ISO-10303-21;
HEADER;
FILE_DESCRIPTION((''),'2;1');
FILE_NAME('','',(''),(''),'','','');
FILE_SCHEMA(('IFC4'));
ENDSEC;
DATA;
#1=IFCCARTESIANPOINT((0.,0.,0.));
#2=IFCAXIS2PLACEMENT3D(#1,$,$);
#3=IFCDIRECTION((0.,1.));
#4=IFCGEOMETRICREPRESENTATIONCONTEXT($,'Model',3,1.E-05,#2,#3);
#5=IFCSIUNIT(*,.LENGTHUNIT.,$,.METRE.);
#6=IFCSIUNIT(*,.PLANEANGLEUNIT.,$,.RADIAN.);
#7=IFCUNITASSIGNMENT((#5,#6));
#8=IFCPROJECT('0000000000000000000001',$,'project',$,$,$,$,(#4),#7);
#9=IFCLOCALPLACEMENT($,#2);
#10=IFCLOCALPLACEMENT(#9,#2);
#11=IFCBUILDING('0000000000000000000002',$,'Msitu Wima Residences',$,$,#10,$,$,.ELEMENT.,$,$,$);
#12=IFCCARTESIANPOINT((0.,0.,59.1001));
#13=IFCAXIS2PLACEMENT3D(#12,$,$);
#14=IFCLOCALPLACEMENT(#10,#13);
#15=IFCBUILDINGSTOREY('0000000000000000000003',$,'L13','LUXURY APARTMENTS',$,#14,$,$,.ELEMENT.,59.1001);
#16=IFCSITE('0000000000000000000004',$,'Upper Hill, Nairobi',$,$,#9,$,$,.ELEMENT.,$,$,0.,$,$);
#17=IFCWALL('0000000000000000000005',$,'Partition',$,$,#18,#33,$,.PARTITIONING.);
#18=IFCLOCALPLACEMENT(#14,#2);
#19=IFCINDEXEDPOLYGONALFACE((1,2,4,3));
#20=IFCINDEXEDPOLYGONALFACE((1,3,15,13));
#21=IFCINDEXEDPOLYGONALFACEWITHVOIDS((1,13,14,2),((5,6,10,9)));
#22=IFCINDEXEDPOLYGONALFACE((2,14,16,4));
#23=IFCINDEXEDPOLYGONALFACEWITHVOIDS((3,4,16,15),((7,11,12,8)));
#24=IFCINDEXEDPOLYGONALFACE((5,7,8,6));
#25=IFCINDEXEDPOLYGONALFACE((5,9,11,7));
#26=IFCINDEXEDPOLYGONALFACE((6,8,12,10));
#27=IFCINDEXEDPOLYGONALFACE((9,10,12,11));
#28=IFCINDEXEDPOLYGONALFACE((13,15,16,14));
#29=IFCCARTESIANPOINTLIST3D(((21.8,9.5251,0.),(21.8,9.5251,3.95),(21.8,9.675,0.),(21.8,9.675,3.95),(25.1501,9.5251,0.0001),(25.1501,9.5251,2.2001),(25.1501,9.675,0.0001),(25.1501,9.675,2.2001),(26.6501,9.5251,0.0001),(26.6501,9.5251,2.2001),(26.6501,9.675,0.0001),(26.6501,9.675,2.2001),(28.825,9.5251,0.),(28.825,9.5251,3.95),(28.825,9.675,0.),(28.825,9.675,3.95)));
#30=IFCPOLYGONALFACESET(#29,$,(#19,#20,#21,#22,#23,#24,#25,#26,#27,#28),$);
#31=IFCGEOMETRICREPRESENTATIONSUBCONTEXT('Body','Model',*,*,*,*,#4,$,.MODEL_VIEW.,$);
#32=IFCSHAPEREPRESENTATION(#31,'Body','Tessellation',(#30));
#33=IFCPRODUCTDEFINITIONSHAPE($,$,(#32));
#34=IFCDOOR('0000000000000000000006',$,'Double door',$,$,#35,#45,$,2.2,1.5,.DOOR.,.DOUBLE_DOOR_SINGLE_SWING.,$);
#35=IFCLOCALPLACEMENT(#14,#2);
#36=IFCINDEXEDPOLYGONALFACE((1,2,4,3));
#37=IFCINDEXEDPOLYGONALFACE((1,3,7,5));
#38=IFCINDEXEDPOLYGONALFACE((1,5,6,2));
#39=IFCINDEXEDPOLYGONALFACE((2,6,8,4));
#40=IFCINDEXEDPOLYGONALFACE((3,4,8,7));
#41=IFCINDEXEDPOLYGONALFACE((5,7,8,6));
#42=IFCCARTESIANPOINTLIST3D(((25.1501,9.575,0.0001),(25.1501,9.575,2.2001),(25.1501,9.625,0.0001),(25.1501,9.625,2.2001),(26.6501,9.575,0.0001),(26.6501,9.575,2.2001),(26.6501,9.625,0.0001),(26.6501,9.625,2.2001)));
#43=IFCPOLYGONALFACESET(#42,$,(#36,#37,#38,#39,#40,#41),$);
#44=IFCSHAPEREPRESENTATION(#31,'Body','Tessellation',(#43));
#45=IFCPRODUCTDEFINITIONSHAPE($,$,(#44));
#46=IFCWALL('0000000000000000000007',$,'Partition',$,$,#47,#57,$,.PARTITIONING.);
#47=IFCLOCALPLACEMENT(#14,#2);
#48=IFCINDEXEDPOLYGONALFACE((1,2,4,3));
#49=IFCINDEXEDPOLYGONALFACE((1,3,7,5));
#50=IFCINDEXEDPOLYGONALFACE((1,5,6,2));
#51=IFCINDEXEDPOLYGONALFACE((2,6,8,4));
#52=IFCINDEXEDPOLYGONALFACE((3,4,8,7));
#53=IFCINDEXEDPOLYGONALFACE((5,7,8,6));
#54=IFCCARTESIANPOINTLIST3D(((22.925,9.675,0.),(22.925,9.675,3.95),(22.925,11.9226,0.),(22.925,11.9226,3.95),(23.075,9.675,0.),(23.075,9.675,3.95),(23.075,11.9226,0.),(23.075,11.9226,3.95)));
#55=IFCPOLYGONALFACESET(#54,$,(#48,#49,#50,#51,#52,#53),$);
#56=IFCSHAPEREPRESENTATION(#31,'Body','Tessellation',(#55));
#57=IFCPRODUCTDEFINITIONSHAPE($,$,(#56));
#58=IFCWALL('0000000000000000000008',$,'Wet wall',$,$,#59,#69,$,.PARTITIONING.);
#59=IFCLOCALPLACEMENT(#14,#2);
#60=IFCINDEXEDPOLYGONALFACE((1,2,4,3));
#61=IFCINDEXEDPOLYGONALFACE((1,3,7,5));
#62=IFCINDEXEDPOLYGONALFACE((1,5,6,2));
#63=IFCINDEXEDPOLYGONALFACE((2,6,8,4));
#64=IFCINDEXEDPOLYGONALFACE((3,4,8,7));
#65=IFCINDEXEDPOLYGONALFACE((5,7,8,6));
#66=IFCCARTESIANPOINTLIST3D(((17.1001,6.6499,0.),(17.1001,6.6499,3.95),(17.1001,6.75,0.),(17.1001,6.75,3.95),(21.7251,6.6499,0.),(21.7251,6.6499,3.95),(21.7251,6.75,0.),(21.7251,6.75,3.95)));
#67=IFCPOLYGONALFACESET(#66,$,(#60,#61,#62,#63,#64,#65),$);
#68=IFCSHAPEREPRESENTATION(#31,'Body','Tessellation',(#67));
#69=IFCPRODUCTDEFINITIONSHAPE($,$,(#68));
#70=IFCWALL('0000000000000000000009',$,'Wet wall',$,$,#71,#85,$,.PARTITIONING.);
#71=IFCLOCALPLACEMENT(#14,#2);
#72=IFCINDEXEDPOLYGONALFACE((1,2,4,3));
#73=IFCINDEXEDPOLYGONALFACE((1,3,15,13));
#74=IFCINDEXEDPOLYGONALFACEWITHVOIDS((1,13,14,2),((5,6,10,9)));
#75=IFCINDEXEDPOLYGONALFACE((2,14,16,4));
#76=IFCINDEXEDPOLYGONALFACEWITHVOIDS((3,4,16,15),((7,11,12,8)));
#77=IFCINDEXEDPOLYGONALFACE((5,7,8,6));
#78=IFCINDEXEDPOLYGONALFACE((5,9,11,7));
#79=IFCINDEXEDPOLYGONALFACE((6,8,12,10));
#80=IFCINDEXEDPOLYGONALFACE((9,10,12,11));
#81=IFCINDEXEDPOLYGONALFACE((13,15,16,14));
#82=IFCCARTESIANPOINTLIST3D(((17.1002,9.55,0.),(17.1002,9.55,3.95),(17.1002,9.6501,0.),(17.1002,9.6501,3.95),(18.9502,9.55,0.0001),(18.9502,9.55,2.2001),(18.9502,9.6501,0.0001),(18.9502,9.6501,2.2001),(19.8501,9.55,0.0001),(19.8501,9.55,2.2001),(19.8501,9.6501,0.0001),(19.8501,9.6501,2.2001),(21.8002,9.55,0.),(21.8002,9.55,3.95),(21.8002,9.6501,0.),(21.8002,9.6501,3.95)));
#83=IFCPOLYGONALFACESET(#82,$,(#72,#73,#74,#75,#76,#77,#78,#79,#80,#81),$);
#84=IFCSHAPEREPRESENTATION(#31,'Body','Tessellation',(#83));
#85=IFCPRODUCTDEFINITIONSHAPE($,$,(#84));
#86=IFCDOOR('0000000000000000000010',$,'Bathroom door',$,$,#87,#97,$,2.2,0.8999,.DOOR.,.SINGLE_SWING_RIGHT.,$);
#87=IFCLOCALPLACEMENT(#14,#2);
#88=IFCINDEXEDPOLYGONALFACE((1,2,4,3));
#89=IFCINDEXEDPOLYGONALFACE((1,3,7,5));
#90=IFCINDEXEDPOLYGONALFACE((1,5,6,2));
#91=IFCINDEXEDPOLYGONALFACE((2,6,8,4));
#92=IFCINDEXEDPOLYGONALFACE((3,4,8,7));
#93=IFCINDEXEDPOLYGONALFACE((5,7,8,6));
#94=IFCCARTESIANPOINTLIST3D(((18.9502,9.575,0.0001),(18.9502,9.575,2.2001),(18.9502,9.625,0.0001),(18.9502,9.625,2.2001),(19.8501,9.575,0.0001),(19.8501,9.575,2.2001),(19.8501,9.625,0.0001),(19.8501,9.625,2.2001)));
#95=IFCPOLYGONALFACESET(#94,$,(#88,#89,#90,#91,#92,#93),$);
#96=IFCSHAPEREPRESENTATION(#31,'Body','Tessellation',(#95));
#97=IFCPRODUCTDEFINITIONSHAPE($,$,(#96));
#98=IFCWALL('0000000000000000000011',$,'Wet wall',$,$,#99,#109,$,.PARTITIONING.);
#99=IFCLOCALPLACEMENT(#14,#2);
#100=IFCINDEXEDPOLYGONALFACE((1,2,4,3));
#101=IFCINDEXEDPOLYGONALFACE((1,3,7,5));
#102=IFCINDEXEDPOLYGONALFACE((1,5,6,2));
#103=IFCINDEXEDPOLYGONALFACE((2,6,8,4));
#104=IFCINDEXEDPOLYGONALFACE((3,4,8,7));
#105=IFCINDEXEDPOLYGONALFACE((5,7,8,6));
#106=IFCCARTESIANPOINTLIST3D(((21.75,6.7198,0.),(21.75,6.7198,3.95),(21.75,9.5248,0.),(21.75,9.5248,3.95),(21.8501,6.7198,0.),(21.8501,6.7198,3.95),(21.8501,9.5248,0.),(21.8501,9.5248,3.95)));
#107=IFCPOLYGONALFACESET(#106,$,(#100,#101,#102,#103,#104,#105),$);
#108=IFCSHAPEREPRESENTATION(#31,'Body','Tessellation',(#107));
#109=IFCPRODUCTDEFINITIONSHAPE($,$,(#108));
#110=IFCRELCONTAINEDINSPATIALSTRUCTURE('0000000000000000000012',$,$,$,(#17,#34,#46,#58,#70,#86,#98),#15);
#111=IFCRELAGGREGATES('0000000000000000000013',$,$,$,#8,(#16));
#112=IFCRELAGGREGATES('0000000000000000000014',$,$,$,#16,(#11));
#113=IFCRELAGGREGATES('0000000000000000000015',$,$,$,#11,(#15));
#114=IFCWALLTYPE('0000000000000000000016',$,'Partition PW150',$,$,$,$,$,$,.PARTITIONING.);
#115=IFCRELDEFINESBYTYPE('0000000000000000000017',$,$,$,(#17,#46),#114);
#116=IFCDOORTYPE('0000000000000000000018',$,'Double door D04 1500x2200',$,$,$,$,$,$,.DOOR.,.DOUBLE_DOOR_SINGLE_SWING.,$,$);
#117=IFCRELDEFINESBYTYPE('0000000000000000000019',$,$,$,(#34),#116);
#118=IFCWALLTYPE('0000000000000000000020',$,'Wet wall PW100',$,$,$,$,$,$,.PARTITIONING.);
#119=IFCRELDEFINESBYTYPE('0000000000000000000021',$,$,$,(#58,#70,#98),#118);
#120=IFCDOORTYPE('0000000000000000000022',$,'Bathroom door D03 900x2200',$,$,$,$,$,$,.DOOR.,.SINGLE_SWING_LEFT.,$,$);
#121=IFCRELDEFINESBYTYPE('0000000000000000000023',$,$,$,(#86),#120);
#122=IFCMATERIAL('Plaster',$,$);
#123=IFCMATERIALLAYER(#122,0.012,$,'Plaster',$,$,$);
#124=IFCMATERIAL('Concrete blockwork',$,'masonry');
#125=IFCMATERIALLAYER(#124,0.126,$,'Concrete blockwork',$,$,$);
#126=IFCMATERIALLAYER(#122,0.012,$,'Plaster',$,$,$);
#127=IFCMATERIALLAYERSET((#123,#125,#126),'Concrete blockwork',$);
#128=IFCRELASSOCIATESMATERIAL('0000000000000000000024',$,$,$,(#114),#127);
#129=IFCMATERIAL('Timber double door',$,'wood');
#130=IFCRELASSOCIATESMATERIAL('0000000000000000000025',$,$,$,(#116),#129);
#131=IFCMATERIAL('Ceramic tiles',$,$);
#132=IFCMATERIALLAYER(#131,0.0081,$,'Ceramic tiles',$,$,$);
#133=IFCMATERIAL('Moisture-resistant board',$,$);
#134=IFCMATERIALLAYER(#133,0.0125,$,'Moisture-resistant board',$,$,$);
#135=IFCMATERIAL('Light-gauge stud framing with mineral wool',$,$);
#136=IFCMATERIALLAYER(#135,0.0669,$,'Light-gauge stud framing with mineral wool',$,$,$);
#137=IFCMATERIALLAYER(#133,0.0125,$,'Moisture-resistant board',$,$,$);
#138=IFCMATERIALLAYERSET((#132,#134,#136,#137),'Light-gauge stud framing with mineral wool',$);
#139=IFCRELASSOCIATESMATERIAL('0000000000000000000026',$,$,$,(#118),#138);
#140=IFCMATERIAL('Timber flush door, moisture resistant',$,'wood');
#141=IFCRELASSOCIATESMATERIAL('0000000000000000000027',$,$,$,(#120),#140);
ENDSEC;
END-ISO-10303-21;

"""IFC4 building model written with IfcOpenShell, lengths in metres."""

from ifc_helpers import new_model, si_unit, direction, frame, frame_2d, origin, place, context, subcontext, project, spatial, rectangle, extrude, material, layer, layer_set, type_object, element, fill, save


model = new_model("IFC4")

# Units and contexts
model_context = context("Model", 3, precision=1e-05, world=origin(), true_north=direction((0.0, 1.0)))
body_context = subcontext(model_context, "Body", "Model", "MODEL_VIEW")
ifc_project = project(units=[si_unit("LENGTHUNIT", "METRE"), si_unit("PLANEANGLEUNIT", "RADIAN")], contexts=[model_context])

# Site, building, storey
site_placement = place(None, origin())
site = spatial("IfcSite", under=ifc_project, at=site_placement, Name="Upper Hill, Nairobi", CompositionType="ELEMENT", RefElevation=0.0)
building_placement = place(site_placement, origin())
building = spatial("IfcBuilding", under=site, at=building_placement, Name="Msitu Wima Residences", CompositionType="ELEMENT")
storey_placement = place(building_placement, frame((0.0, 0.0, 59.1001)))
storey = spatial("IfcBuildingStorey", under=building, at=storey_placement, Name="L13", Description="LUXURY APARTMENTS", CompositionType="ELEMENT", Elevation=59.1001)

# Shared definitions
ifc_material_1 = material(Name="Plaster")
ifc_layer_1 = layer(ifc_material_1, 0.012, Name="Plaster")
ifc_material_2 = material(Name="Concrete blockwork", Category="masonry")
ifc_layer_2 = layer(ifc_material_2, 0.126, Name="Concrete blockwork")
ifc_layer_3 = layer(ifc_material_1, 0.012, Name="Plaster")
ifc_layer_set_1 = layer_set([ifc_layer_1, ifc_layer_2, ifc_layer_3], Name="Concrete blockwork")
wall_type_1 = type_object("IfcWallType", Name="Partition PW150", PredefinedType="PARTITIONING", material=ifc_layer_set_1)

# Wall, opening, door
wall_1_placement = place(storey_placement, frame((21.8, 9.6001, 0.0), z_axis=(0.0, 0.0, 1.0), x_axis=(1.0, 0.0, 0.0)))
wall_1 = element("IfcWall", 1, at=wall_1_placement, inside=storey, type_object=wall_type_1, Name="Partition", PredefinedType="PARTITIONING", context=body_context, shape_type="SweptSolid", body=[
    extrude(rectangle(XDim=7.0249, YDim=0.1499, at=frame_2d((3.5125, 0.0))), origin(), (0.0, 0.0, 1.0), 3.95),
])
opening_1_placement = place(wall_1_placement, frame((3.3501, 0.0, 0.0)))
opening_1 = element("IfcOpeningElement", 2, at=opening_1_placement, cuts=wall_1, PredefinedType="OPENING", context=body_context, shape_type="SweptSolid", body=[
    extrude(rectangle(XDim=1.5, YDim=2.2, at=frame_2d((0.75, 1.1001))), frame((0.0, 0.085, 0.0), z_axis=(0.0, -1.0, 0.0), x_axis=(1.0, 0.0, 0.0)), (0.0, 0.0, 1.0), 0.1699),
])
ifc_material_3 = material(Name="Timber double door", Category="wood")
door_type_1 = type_object("IfcDoorType", Name="Double door D04 1500x2200", OperationType="DOUBLE_DOOR_SINGLE_SWING", PredefinedType="DOOR", material=ifc_material_3)
door_1_placement = place(opening_1_placement, origin())
door_1 = element("IfcDoor", 3, at=door_1_placement, inside=storey, type_object=door_type_1, Name="Double door", OperationType="DOUBLE_DOOR_SINGLE_SWING", OverallHeight=2.2, OverallWidth=1.5, PredefinedType="DOOR", context=body_context, shape_type="SweptSolid", body=[
    extrude(rectangle(XDim=1.5, YDim=2.2, at=frame_2d((0.75, 1.1001))), frame((0.0, 0.0249, 0.0), z_axis=(0.0, -1.0, 0.0), x_axis=(1.0, 0.0, 0.0)), (0.0, 0.0, 1.0), 0.05),
])
fill(opening_1, door_1)

# Walls
wall_2_placement = place(storey_placement, frame((23.0, 9.675, 0.0), z_axis=(0.0, 0.0, 1.0), x_axis=(0.0, 1.0, 0.0)))
element("IfcWall", 4, at=wall_2_placement, inside=storey, type_object=wall_type_1, Name="Partition", PredefinedType="PARTITIONING", context=body_context, shape_type="SweptSolid", body=[
    extrude(rectangle(XDim=2.2476, YDim=0.1499, at=frame_2d((1.1238, 0.0))), origin(), (0.0, 0.0, 1.0), 3.95),
])
ifc_material_4 = material(Name="Ceramic tiles")
ifc_layer_4 = layer(ifc_material_4, 0.0081, Name="Ceramic tiles")
ifc_material_5 = material(Name="Moisture-resistant board")
ifc_layer_5 = layer(ifc_material_5, 0.0125, Name="Moisture-resistant board")
ifc_material_6 = material(Name="Light-gauge stud framing with mineral wool")
ifc_layer_6 = layer(ifc_material_6, 0.0669, Name="Light-gauge stud framing with mineral wool")
ifc_layer_7 = layer(ifc_material_5, 0.0125, Name="Moisture-resistant board")
ifc_layer_set_2 = layer_set([ifc_layer_4, ifc_layer_5, ifc_layer_6, ifc_layer_7], Name="Light-gauge stud framing with mineral wool")
wall_type_2 = type_object("IfcWallType", Name="Wet wall PW100", PredefinedType="PARTITIONING", material=ifc_layer_set_2)
wall_3_placement = place(storey_placement, frame((17.1001, 6.7, 0.0), z_axis=(0.0, 0.0, 1.0), x_axis=(1.0, 0.0, 0.0)))
element("IfcWall", 5, at=wall_3_placement, inside=storey, type_object=wall_type_2, Name="Wet wall", PredefinedType="PARTITIONING", context=body_context, shape_type="SweptSolid", body=[
    extrude(rectangle(XDim=4.625, YDim=0.1001, at=frame_2d((2.3125, 0.0))), origin(), (0.0, 0.0, 1.0), 3.95),
])

# Wall, opening, door
wall_4_placement = place(storey_placement, frame((17.1001, 9.6001, 0.0), z_axis=(0.0, 0.0, 1.0), x_axis=(1.0, 0.0, 0.0)))
wall_4 = element("IfcWall", 6, at=wall_4_placement, inside=storey, type_object=wall_type_2, Name="Wet wall", PredefinedType="PARTITIONING", context=body_context, shape_type="SweptSolid", body=[
    extrude(rectangle(XDim=4.7, YDim=0.1001, at=frame_2d((2.3501, 0.0))), origin(), (0.0, 0.0, 1.0), 3.95),
])
opening_2_placement = place(wall_4_placement, frame((1.8501, 0.0, 0.0)))
opening_2 = element("IfcOpeningElement", 7, at=opening_2_placement, cuts=wall_4, PredefinedType="OPENING", context=body_context, shape_type="SweptSolid", body=[
    extrude(rectangle(XDim=0.8999, YDim=2.2, at=frame_2d((0.45, 1.1001))), frame((0.0, 0.0601, 0.0), z_axis=(0.0, -1.0, 0.0), x_axis=(1.0, 0.0, 0.0)), (0.0, 0.0, 1.0), 0.1201),
])
ifc_material_7 = material(Name="Timber flush door, moisture resistant", Category="wood")
door_type_2 = type_object("IfcDoorType", Name="Bathroom door D03 900x2200", OperationType="SINGLE_SWING_LEFT", PredefinedType="DOOR", material=ifc_material_7)
door_2_placement = place(opening_2_placement, origin())
door_2 = element("IfcDoor", 8, at=door_2_placement, inside=storey, type_object=door_type_2, Name="Bathroom door", OperationType="SINGLE_SWING_RIGHT", OverallHeight=2.2, OverallWidth=0.8999, PredefinedType="DOOR", context=body_context, shape_type="SweptSolid", body=[
    extrude(rectangle(XDim=0.8999, YDim=2.2, at=frame_2d((0.45, 1.1001))), frame((0.0, 0.0249, 0.0), z_axis=(0.0, -1.0, 0.0), x_axis=(1.0, 0.0, 0.0)), (0.0, 0.0, 1.0), 0.05),
])
fill(opening_2, door_2)

# Wall
wall_5_placement = place(storey_placement, frame((21.8, 6.72, 0.0), z_axis=(0.0, 0.0, 1.0), x_axis=(0.0, 1.0, 0.0)))
element("IfcWall", 9, at=wall_5_placement, inside=storey, type_object=wall_type_2, Name="Wet wall", PredefinedType="PARTITIONING", context=body_context, shape_type="SweptSolid", body=[
    extrude(rectangle(XDim=2.8049, YDim=0.1001, at=frame_2d((1.4023, 0.0))), origin(), (0.0, 0.0, 1.0), 3.95),
])

save(model, "model.ifc")
